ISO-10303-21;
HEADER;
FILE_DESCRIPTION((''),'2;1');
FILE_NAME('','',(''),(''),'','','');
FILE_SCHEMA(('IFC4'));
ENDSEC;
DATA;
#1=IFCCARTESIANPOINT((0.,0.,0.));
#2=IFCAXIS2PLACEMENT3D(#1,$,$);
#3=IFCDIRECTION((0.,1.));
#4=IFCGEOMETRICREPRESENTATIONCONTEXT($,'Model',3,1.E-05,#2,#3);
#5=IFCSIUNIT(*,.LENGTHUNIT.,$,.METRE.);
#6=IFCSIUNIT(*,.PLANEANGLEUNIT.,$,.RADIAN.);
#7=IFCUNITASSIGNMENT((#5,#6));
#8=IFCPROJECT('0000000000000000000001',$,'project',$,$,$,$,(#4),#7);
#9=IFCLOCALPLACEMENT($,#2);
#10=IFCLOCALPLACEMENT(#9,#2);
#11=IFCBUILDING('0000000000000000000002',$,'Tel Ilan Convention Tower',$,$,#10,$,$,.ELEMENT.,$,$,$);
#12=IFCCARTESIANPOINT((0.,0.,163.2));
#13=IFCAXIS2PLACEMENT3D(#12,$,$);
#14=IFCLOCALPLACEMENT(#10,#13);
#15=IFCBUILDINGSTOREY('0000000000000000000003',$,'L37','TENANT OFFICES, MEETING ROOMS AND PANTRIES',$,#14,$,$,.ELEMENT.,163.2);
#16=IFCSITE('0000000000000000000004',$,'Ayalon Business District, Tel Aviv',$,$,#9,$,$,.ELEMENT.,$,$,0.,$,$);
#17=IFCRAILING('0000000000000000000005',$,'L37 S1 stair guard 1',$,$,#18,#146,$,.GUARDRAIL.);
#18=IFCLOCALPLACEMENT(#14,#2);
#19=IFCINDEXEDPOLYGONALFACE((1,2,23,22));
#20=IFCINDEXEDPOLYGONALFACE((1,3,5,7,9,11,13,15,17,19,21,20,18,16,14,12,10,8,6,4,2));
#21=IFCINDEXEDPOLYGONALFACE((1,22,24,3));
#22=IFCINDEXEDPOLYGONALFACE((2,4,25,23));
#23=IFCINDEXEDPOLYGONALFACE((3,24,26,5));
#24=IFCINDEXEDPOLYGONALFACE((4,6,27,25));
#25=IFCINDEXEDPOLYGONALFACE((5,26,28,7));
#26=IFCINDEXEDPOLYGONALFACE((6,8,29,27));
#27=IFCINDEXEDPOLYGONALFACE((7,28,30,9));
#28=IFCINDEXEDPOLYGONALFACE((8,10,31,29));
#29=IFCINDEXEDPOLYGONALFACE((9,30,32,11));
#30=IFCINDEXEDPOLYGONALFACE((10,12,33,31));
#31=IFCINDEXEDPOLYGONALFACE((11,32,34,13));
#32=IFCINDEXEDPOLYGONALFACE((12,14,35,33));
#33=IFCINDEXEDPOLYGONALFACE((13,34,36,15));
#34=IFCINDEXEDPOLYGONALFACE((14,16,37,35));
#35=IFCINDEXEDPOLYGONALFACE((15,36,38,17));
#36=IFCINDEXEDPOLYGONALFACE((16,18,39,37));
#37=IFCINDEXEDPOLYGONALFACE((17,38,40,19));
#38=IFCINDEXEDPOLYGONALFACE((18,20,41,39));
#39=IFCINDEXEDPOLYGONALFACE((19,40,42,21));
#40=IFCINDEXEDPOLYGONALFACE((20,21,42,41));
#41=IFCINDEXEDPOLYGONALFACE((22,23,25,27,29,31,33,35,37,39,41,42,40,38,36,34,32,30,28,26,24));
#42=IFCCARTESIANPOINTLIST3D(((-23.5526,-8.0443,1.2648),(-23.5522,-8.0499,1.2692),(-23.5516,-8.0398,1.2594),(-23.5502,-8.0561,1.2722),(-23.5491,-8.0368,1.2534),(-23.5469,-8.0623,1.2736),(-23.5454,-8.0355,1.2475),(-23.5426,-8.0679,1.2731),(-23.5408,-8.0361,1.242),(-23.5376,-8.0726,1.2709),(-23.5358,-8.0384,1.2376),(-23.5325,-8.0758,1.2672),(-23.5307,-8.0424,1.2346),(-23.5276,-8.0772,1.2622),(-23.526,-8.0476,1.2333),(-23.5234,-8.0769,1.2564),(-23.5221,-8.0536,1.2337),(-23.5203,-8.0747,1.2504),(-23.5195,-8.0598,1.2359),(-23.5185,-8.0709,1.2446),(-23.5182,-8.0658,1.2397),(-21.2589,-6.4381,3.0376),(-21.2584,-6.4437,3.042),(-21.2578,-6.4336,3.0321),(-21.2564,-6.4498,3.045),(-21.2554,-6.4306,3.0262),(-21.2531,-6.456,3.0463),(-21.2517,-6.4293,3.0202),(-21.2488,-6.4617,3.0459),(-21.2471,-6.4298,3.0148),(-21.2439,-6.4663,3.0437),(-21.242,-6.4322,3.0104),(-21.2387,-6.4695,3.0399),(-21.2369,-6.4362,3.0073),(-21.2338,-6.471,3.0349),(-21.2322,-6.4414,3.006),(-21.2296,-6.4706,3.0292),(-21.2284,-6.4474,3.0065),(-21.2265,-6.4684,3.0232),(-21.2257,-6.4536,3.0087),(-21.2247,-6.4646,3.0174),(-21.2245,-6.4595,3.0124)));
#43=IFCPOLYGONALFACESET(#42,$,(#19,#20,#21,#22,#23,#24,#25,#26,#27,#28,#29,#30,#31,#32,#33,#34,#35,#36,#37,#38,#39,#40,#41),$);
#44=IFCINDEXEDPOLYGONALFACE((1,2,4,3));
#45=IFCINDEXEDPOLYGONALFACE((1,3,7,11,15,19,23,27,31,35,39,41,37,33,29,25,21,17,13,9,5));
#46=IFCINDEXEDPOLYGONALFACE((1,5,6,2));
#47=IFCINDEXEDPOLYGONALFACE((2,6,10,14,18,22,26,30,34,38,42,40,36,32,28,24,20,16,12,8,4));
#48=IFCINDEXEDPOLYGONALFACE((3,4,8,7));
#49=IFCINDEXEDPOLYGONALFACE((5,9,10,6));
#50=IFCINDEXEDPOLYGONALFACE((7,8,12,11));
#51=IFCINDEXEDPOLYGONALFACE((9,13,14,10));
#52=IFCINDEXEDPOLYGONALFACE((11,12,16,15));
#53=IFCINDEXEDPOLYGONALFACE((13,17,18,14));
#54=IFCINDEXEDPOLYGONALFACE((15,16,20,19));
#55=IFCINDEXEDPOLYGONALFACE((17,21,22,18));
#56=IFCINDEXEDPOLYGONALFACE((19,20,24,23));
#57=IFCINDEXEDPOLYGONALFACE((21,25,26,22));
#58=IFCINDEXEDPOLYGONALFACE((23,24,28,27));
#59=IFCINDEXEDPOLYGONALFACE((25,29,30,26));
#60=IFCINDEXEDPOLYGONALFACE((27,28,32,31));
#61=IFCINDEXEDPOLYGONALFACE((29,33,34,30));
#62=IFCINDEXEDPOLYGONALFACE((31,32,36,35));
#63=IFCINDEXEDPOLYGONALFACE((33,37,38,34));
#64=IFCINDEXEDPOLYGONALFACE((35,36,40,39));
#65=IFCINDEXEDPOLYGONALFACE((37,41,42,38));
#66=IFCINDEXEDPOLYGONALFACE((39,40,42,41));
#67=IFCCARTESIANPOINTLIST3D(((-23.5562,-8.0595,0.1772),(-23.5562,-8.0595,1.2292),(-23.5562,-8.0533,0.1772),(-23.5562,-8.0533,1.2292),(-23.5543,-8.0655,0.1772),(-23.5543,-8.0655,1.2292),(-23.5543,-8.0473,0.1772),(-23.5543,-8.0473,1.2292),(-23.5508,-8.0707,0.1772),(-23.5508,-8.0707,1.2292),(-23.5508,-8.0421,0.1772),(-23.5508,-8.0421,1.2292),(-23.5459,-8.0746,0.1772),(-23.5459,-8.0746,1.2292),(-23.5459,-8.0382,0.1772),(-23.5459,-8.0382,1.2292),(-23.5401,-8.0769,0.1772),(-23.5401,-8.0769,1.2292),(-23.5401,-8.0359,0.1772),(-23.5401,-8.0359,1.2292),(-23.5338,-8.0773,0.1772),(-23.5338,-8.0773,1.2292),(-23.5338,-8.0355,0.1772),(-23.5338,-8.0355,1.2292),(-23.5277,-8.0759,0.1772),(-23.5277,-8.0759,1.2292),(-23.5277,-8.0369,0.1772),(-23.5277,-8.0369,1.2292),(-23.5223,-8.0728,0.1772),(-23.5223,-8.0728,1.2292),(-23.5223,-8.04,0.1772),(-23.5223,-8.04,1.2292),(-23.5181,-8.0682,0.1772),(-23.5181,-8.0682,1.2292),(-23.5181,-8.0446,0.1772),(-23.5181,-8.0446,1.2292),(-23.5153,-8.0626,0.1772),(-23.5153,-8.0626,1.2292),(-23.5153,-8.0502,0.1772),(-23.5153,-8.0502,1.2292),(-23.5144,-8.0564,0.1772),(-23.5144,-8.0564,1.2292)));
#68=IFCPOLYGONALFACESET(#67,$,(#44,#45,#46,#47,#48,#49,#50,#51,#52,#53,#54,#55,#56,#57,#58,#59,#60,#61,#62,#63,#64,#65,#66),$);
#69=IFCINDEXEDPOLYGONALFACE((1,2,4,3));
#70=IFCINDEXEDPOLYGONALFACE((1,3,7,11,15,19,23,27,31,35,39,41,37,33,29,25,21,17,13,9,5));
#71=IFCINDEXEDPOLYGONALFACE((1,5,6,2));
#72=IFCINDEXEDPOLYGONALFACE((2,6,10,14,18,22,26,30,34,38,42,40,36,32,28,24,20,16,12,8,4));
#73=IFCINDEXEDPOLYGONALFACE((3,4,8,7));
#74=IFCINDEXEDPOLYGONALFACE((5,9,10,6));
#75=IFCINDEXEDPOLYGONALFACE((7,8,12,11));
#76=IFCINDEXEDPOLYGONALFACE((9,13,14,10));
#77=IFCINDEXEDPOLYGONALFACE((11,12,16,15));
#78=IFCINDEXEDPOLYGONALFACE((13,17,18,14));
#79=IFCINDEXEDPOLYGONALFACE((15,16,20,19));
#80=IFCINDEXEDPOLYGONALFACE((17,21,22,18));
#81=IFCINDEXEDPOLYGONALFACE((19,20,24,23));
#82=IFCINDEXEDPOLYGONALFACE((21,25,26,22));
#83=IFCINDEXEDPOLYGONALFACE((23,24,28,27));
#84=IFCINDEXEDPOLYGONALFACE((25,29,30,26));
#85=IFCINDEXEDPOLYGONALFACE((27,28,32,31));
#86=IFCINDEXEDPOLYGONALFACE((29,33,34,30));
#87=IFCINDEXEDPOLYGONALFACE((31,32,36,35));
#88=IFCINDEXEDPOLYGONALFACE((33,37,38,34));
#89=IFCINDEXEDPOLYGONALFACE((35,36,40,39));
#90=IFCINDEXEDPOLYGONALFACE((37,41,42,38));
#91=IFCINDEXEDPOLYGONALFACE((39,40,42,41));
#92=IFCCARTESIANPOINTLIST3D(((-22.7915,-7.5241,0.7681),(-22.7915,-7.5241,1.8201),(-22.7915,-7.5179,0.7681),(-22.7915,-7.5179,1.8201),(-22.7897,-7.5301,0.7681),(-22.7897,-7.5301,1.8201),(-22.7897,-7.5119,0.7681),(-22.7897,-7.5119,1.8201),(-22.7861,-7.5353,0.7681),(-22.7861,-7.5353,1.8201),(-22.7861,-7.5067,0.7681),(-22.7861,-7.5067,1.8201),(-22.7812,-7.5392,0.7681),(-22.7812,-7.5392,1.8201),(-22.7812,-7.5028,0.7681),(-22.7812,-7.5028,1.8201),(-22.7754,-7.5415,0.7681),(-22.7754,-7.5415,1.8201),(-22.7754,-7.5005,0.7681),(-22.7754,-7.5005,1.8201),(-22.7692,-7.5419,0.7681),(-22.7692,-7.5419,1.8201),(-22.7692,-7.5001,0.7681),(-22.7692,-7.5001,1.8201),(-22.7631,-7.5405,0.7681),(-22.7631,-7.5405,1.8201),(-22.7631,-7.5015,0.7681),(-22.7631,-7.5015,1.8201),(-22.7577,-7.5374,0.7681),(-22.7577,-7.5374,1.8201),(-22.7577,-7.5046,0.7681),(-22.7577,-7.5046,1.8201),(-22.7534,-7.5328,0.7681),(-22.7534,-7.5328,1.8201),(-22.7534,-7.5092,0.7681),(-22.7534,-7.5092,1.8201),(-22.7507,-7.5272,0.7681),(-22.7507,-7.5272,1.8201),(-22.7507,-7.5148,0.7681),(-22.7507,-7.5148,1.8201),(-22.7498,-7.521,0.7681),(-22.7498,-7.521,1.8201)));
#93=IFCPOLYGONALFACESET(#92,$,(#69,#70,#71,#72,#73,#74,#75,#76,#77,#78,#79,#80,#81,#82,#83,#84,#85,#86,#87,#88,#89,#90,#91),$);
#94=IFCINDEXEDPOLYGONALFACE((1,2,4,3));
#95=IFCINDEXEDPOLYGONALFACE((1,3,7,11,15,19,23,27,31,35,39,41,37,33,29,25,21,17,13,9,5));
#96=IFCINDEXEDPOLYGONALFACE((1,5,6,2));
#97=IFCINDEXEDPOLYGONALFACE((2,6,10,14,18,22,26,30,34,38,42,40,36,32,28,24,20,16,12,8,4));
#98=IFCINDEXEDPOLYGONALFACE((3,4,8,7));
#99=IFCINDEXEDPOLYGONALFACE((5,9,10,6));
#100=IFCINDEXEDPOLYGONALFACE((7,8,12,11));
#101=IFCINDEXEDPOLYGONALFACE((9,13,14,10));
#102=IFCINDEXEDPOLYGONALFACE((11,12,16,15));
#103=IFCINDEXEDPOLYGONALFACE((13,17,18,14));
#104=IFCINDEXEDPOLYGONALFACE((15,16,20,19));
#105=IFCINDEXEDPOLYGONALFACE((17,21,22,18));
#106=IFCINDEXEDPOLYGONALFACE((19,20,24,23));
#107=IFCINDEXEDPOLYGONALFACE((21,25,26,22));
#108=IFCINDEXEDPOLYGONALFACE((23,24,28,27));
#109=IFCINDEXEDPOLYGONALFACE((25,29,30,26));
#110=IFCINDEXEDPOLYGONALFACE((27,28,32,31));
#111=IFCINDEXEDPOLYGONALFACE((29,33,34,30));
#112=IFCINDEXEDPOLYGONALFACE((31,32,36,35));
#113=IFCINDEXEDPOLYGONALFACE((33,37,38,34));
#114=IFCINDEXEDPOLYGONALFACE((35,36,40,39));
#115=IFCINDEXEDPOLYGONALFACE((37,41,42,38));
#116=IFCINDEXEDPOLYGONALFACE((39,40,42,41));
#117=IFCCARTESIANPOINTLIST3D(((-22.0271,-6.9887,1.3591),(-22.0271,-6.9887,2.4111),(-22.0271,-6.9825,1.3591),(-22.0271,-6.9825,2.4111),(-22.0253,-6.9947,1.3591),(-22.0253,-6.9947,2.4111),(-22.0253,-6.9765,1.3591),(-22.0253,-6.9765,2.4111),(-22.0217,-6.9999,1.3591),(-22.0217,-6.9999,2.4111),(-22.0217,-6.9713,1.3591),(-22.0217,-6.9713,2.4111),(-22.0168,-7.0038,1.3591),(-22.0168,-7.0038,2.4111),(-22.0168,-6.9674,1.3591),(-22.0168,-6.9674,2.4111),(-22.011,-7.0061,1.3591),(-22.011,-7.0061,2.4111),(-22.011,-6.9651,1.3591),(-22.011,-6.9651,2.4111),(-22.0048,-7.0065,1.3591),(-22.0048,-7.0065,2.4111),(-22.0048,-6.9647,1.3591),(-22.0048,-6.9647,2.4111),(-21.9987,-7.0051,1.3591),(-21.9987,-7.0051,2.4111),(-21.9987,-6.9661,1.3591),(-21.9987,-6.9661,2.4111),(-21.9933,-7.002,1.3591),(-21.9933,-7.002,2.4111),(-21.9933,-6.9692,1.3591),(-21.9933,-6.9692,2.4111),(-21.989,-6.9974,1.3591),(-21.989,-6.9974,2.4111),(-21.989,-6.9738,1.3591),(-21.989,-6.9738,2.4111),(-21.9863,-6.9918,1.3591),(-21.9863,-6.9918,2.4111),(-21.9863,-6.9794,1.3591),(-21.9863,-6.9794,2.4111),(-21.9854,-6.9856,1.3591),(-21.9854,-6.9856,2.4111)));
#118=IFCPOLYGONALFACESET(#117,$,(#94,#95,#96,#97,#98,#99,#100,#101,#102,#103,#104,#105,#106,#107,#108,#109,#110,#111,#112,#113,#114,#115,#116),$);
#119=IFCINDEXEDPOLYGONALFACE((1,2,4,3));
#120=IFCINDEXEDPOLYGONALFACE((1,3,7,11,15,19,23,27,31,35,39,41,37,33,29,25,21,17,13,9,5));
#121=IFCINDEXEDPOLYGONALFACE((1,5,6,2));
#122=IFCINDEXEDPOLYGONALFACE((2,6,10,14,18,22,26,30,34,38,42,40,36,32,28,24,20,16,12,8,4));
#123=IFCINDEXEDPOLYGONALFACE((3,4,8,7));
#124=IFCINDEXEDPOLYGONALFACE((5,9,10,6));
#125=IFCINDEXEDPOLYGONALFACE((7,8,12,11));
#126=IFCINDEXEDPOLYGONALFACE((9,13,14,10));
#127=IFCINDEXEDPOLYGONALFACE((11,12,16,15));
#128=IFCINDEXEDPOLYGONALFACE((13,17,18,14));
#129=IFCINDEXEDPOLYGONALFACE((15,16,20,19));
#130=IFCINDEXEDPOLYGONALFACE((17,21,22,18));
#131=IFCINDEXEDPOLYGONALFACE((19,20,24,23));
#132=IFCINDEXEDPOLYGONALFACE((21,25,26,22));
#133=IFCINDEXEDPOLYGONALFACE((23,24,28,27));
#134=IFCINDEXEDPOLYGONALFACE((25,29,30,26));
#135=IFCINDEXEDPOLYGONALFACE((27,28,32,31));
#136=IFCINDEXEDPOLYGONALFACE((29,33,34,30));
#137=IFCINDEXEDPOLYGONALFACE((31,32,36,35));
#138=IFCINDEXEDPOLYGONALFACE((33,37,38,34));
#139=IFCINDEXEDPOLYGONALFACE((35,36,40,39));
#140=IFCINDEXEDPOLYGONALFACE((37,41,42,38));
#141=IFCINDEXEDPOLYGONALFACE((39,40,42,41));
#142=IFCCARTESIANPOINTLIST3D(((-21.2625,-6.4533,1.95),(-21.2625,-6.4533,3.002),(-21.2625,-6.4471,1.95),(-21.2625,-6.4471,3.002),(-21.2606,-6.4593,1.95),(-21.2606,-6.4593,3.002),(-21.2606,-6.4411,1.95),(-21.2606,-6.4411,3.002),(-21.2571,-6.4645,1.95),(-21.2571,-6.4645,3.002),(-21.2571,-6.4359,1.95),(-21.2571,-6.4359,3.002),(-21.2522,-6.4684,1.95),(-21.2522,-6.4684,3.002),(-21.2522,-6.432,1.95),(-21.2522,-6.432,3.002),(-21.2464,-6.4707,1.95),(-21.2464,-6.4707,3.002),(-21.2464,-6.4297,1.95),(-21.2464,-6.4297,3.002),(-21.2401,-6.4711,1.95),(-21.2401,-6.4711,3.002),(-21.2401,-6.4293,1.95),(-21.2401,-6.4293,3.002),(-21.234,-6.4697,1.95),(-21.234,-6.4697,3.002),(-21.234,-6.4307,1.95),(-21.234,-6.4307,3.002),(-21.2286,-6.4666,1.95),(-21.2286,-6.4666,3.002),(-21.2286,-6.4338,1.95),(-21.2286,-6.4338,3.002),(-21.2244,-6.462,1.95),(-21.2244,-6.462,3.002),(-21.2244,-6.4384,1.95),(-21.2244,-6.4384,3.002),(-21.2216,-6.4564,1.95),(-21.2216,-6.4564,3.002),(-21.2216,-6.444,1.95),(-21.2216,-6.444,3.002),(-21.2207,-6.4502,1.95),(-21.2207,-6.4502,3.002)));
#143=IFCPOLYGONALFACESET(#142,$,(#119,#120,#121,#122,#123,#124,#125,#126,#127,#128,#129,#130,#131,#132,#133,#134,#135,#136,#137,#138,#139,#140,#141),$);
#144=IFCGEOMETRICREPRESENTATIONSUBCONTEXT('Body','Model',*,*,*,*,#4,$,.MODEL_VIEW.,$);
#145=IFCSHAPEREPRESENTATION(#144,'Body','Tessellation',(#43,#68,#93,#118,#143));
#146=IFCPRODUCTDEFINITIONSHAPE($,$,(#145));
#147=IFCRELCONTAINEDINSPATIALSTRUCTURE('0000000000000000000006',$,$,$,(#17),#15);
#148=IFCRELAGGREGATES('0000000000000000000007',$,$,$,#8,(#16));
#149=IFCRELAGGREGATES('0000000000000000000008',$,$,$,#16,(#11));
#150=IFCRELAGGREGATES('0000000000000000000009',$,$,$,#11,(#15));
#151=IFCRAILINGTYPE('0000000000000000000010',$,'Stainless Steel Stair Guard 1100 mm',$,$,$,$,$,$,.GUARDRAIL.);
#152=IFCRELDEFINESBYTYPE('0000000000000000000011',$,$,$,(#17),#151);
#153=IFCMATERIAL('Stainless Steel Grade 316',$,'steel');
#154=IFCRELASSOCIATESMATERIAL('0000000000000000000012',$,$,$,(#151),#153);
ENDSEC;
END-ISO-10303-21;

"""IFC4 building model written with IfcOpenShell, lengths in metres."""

from ifc_helpers import new_model, si_unit, direction, frame, origin, origin_2d, place, context, subcontext, project, spatial, circle, extrude, material, type_object, element, save


model = new_model("IFC4")

# Units and contexts
model_context = context("Model", 3, precision=1e-05, world=origin(), true_north=direction((0.0, 1.0)))
body_context = subcontext(model_context, "Body", "Model", "MODEL_VIEW")
ifc_project = project(units=[si_unit("LENGTHUNIT", "METRE"), si_unit("PLANEANGLEUNIT", "RADIAN")], contexts=[model_context])

# Site, building, storey
site_placement = place(None, origin())
site = spatial("IfcSite", under=ifc_project, at=site_placement, Name="Ayalon Business District, Tel Aviv", CompositionType="ELEMENT", RefElevation=0.0)
building_placement = place(site_placement, origin())
building = spatial("IfcBuilding", under=site, at=building_placement, Name="Tel Ilan Convention Tower", CompositionType="ELEMENT")
storey_placement = place(building_placement, frame((0.0, 0.0, 163.2)))
storey = spatial("IfcBuildingStorey", under=building, at=storey_placement, Name="L37", Description="TENANT OFFICES, MEETING ROOMS AND PANTRIES", CompositionType="ELEMENT", Elevation=163.2)

# Railing
ifc_material_1 = material(Name="Stainless Steel Grade 316", Category="steel")
railing_type_1 = type_object("IfcRailingType", Name="Stainless Steel Stair Guard 1100 mm", PredefinedType="GUARDRAIL", material=ifc_material_1)
railing_1_placement = place(storey_placement, frame((-23.5354, -8.0564, 0.1772)))
element("IfcRailing", 1, at=railing_1_placement, inside=storey, type_object=railing_type_1, Name="L37 S1 stair guard 1", PredefinedType="GUARDRAIL", context=body_context, shape_type="SweptSolid", body=[
    extrude(circle(Radius=0.0239, at=origin_2d()), frame((0.0, 0.0, 1.0762), z_axis=(0.692098, 0.484653, 0.534894), x_axis=(-0.573609, 0.81913, 0.0)), (0.0, 0.0, 1.0), 3.3142),
    extrude(circle(Radius=0.021, at=origin_2d()), origin(), (0.0, 0.0, 1.0), 1.052),
    extrude(circle(Radius=0.021, at=origin_2d()), frame((0.7646, 0.5354, 0.5908)), (0.0, 0.0, 1.0), 1.052),
    extrude(circle(Radius=0.021, at=origin_2d()), frame((1.5291, 1.0708, 1.1819)), (0.0, 0.0, 1.0), 1.052),
    extrude(circle(Radius=0.021, at=origin_2d()), frame((2.2937, 1.6062, 1.7727)), (0.0, 0.0, 1.0), 1.052),
])

save(model, "model.ifc")
